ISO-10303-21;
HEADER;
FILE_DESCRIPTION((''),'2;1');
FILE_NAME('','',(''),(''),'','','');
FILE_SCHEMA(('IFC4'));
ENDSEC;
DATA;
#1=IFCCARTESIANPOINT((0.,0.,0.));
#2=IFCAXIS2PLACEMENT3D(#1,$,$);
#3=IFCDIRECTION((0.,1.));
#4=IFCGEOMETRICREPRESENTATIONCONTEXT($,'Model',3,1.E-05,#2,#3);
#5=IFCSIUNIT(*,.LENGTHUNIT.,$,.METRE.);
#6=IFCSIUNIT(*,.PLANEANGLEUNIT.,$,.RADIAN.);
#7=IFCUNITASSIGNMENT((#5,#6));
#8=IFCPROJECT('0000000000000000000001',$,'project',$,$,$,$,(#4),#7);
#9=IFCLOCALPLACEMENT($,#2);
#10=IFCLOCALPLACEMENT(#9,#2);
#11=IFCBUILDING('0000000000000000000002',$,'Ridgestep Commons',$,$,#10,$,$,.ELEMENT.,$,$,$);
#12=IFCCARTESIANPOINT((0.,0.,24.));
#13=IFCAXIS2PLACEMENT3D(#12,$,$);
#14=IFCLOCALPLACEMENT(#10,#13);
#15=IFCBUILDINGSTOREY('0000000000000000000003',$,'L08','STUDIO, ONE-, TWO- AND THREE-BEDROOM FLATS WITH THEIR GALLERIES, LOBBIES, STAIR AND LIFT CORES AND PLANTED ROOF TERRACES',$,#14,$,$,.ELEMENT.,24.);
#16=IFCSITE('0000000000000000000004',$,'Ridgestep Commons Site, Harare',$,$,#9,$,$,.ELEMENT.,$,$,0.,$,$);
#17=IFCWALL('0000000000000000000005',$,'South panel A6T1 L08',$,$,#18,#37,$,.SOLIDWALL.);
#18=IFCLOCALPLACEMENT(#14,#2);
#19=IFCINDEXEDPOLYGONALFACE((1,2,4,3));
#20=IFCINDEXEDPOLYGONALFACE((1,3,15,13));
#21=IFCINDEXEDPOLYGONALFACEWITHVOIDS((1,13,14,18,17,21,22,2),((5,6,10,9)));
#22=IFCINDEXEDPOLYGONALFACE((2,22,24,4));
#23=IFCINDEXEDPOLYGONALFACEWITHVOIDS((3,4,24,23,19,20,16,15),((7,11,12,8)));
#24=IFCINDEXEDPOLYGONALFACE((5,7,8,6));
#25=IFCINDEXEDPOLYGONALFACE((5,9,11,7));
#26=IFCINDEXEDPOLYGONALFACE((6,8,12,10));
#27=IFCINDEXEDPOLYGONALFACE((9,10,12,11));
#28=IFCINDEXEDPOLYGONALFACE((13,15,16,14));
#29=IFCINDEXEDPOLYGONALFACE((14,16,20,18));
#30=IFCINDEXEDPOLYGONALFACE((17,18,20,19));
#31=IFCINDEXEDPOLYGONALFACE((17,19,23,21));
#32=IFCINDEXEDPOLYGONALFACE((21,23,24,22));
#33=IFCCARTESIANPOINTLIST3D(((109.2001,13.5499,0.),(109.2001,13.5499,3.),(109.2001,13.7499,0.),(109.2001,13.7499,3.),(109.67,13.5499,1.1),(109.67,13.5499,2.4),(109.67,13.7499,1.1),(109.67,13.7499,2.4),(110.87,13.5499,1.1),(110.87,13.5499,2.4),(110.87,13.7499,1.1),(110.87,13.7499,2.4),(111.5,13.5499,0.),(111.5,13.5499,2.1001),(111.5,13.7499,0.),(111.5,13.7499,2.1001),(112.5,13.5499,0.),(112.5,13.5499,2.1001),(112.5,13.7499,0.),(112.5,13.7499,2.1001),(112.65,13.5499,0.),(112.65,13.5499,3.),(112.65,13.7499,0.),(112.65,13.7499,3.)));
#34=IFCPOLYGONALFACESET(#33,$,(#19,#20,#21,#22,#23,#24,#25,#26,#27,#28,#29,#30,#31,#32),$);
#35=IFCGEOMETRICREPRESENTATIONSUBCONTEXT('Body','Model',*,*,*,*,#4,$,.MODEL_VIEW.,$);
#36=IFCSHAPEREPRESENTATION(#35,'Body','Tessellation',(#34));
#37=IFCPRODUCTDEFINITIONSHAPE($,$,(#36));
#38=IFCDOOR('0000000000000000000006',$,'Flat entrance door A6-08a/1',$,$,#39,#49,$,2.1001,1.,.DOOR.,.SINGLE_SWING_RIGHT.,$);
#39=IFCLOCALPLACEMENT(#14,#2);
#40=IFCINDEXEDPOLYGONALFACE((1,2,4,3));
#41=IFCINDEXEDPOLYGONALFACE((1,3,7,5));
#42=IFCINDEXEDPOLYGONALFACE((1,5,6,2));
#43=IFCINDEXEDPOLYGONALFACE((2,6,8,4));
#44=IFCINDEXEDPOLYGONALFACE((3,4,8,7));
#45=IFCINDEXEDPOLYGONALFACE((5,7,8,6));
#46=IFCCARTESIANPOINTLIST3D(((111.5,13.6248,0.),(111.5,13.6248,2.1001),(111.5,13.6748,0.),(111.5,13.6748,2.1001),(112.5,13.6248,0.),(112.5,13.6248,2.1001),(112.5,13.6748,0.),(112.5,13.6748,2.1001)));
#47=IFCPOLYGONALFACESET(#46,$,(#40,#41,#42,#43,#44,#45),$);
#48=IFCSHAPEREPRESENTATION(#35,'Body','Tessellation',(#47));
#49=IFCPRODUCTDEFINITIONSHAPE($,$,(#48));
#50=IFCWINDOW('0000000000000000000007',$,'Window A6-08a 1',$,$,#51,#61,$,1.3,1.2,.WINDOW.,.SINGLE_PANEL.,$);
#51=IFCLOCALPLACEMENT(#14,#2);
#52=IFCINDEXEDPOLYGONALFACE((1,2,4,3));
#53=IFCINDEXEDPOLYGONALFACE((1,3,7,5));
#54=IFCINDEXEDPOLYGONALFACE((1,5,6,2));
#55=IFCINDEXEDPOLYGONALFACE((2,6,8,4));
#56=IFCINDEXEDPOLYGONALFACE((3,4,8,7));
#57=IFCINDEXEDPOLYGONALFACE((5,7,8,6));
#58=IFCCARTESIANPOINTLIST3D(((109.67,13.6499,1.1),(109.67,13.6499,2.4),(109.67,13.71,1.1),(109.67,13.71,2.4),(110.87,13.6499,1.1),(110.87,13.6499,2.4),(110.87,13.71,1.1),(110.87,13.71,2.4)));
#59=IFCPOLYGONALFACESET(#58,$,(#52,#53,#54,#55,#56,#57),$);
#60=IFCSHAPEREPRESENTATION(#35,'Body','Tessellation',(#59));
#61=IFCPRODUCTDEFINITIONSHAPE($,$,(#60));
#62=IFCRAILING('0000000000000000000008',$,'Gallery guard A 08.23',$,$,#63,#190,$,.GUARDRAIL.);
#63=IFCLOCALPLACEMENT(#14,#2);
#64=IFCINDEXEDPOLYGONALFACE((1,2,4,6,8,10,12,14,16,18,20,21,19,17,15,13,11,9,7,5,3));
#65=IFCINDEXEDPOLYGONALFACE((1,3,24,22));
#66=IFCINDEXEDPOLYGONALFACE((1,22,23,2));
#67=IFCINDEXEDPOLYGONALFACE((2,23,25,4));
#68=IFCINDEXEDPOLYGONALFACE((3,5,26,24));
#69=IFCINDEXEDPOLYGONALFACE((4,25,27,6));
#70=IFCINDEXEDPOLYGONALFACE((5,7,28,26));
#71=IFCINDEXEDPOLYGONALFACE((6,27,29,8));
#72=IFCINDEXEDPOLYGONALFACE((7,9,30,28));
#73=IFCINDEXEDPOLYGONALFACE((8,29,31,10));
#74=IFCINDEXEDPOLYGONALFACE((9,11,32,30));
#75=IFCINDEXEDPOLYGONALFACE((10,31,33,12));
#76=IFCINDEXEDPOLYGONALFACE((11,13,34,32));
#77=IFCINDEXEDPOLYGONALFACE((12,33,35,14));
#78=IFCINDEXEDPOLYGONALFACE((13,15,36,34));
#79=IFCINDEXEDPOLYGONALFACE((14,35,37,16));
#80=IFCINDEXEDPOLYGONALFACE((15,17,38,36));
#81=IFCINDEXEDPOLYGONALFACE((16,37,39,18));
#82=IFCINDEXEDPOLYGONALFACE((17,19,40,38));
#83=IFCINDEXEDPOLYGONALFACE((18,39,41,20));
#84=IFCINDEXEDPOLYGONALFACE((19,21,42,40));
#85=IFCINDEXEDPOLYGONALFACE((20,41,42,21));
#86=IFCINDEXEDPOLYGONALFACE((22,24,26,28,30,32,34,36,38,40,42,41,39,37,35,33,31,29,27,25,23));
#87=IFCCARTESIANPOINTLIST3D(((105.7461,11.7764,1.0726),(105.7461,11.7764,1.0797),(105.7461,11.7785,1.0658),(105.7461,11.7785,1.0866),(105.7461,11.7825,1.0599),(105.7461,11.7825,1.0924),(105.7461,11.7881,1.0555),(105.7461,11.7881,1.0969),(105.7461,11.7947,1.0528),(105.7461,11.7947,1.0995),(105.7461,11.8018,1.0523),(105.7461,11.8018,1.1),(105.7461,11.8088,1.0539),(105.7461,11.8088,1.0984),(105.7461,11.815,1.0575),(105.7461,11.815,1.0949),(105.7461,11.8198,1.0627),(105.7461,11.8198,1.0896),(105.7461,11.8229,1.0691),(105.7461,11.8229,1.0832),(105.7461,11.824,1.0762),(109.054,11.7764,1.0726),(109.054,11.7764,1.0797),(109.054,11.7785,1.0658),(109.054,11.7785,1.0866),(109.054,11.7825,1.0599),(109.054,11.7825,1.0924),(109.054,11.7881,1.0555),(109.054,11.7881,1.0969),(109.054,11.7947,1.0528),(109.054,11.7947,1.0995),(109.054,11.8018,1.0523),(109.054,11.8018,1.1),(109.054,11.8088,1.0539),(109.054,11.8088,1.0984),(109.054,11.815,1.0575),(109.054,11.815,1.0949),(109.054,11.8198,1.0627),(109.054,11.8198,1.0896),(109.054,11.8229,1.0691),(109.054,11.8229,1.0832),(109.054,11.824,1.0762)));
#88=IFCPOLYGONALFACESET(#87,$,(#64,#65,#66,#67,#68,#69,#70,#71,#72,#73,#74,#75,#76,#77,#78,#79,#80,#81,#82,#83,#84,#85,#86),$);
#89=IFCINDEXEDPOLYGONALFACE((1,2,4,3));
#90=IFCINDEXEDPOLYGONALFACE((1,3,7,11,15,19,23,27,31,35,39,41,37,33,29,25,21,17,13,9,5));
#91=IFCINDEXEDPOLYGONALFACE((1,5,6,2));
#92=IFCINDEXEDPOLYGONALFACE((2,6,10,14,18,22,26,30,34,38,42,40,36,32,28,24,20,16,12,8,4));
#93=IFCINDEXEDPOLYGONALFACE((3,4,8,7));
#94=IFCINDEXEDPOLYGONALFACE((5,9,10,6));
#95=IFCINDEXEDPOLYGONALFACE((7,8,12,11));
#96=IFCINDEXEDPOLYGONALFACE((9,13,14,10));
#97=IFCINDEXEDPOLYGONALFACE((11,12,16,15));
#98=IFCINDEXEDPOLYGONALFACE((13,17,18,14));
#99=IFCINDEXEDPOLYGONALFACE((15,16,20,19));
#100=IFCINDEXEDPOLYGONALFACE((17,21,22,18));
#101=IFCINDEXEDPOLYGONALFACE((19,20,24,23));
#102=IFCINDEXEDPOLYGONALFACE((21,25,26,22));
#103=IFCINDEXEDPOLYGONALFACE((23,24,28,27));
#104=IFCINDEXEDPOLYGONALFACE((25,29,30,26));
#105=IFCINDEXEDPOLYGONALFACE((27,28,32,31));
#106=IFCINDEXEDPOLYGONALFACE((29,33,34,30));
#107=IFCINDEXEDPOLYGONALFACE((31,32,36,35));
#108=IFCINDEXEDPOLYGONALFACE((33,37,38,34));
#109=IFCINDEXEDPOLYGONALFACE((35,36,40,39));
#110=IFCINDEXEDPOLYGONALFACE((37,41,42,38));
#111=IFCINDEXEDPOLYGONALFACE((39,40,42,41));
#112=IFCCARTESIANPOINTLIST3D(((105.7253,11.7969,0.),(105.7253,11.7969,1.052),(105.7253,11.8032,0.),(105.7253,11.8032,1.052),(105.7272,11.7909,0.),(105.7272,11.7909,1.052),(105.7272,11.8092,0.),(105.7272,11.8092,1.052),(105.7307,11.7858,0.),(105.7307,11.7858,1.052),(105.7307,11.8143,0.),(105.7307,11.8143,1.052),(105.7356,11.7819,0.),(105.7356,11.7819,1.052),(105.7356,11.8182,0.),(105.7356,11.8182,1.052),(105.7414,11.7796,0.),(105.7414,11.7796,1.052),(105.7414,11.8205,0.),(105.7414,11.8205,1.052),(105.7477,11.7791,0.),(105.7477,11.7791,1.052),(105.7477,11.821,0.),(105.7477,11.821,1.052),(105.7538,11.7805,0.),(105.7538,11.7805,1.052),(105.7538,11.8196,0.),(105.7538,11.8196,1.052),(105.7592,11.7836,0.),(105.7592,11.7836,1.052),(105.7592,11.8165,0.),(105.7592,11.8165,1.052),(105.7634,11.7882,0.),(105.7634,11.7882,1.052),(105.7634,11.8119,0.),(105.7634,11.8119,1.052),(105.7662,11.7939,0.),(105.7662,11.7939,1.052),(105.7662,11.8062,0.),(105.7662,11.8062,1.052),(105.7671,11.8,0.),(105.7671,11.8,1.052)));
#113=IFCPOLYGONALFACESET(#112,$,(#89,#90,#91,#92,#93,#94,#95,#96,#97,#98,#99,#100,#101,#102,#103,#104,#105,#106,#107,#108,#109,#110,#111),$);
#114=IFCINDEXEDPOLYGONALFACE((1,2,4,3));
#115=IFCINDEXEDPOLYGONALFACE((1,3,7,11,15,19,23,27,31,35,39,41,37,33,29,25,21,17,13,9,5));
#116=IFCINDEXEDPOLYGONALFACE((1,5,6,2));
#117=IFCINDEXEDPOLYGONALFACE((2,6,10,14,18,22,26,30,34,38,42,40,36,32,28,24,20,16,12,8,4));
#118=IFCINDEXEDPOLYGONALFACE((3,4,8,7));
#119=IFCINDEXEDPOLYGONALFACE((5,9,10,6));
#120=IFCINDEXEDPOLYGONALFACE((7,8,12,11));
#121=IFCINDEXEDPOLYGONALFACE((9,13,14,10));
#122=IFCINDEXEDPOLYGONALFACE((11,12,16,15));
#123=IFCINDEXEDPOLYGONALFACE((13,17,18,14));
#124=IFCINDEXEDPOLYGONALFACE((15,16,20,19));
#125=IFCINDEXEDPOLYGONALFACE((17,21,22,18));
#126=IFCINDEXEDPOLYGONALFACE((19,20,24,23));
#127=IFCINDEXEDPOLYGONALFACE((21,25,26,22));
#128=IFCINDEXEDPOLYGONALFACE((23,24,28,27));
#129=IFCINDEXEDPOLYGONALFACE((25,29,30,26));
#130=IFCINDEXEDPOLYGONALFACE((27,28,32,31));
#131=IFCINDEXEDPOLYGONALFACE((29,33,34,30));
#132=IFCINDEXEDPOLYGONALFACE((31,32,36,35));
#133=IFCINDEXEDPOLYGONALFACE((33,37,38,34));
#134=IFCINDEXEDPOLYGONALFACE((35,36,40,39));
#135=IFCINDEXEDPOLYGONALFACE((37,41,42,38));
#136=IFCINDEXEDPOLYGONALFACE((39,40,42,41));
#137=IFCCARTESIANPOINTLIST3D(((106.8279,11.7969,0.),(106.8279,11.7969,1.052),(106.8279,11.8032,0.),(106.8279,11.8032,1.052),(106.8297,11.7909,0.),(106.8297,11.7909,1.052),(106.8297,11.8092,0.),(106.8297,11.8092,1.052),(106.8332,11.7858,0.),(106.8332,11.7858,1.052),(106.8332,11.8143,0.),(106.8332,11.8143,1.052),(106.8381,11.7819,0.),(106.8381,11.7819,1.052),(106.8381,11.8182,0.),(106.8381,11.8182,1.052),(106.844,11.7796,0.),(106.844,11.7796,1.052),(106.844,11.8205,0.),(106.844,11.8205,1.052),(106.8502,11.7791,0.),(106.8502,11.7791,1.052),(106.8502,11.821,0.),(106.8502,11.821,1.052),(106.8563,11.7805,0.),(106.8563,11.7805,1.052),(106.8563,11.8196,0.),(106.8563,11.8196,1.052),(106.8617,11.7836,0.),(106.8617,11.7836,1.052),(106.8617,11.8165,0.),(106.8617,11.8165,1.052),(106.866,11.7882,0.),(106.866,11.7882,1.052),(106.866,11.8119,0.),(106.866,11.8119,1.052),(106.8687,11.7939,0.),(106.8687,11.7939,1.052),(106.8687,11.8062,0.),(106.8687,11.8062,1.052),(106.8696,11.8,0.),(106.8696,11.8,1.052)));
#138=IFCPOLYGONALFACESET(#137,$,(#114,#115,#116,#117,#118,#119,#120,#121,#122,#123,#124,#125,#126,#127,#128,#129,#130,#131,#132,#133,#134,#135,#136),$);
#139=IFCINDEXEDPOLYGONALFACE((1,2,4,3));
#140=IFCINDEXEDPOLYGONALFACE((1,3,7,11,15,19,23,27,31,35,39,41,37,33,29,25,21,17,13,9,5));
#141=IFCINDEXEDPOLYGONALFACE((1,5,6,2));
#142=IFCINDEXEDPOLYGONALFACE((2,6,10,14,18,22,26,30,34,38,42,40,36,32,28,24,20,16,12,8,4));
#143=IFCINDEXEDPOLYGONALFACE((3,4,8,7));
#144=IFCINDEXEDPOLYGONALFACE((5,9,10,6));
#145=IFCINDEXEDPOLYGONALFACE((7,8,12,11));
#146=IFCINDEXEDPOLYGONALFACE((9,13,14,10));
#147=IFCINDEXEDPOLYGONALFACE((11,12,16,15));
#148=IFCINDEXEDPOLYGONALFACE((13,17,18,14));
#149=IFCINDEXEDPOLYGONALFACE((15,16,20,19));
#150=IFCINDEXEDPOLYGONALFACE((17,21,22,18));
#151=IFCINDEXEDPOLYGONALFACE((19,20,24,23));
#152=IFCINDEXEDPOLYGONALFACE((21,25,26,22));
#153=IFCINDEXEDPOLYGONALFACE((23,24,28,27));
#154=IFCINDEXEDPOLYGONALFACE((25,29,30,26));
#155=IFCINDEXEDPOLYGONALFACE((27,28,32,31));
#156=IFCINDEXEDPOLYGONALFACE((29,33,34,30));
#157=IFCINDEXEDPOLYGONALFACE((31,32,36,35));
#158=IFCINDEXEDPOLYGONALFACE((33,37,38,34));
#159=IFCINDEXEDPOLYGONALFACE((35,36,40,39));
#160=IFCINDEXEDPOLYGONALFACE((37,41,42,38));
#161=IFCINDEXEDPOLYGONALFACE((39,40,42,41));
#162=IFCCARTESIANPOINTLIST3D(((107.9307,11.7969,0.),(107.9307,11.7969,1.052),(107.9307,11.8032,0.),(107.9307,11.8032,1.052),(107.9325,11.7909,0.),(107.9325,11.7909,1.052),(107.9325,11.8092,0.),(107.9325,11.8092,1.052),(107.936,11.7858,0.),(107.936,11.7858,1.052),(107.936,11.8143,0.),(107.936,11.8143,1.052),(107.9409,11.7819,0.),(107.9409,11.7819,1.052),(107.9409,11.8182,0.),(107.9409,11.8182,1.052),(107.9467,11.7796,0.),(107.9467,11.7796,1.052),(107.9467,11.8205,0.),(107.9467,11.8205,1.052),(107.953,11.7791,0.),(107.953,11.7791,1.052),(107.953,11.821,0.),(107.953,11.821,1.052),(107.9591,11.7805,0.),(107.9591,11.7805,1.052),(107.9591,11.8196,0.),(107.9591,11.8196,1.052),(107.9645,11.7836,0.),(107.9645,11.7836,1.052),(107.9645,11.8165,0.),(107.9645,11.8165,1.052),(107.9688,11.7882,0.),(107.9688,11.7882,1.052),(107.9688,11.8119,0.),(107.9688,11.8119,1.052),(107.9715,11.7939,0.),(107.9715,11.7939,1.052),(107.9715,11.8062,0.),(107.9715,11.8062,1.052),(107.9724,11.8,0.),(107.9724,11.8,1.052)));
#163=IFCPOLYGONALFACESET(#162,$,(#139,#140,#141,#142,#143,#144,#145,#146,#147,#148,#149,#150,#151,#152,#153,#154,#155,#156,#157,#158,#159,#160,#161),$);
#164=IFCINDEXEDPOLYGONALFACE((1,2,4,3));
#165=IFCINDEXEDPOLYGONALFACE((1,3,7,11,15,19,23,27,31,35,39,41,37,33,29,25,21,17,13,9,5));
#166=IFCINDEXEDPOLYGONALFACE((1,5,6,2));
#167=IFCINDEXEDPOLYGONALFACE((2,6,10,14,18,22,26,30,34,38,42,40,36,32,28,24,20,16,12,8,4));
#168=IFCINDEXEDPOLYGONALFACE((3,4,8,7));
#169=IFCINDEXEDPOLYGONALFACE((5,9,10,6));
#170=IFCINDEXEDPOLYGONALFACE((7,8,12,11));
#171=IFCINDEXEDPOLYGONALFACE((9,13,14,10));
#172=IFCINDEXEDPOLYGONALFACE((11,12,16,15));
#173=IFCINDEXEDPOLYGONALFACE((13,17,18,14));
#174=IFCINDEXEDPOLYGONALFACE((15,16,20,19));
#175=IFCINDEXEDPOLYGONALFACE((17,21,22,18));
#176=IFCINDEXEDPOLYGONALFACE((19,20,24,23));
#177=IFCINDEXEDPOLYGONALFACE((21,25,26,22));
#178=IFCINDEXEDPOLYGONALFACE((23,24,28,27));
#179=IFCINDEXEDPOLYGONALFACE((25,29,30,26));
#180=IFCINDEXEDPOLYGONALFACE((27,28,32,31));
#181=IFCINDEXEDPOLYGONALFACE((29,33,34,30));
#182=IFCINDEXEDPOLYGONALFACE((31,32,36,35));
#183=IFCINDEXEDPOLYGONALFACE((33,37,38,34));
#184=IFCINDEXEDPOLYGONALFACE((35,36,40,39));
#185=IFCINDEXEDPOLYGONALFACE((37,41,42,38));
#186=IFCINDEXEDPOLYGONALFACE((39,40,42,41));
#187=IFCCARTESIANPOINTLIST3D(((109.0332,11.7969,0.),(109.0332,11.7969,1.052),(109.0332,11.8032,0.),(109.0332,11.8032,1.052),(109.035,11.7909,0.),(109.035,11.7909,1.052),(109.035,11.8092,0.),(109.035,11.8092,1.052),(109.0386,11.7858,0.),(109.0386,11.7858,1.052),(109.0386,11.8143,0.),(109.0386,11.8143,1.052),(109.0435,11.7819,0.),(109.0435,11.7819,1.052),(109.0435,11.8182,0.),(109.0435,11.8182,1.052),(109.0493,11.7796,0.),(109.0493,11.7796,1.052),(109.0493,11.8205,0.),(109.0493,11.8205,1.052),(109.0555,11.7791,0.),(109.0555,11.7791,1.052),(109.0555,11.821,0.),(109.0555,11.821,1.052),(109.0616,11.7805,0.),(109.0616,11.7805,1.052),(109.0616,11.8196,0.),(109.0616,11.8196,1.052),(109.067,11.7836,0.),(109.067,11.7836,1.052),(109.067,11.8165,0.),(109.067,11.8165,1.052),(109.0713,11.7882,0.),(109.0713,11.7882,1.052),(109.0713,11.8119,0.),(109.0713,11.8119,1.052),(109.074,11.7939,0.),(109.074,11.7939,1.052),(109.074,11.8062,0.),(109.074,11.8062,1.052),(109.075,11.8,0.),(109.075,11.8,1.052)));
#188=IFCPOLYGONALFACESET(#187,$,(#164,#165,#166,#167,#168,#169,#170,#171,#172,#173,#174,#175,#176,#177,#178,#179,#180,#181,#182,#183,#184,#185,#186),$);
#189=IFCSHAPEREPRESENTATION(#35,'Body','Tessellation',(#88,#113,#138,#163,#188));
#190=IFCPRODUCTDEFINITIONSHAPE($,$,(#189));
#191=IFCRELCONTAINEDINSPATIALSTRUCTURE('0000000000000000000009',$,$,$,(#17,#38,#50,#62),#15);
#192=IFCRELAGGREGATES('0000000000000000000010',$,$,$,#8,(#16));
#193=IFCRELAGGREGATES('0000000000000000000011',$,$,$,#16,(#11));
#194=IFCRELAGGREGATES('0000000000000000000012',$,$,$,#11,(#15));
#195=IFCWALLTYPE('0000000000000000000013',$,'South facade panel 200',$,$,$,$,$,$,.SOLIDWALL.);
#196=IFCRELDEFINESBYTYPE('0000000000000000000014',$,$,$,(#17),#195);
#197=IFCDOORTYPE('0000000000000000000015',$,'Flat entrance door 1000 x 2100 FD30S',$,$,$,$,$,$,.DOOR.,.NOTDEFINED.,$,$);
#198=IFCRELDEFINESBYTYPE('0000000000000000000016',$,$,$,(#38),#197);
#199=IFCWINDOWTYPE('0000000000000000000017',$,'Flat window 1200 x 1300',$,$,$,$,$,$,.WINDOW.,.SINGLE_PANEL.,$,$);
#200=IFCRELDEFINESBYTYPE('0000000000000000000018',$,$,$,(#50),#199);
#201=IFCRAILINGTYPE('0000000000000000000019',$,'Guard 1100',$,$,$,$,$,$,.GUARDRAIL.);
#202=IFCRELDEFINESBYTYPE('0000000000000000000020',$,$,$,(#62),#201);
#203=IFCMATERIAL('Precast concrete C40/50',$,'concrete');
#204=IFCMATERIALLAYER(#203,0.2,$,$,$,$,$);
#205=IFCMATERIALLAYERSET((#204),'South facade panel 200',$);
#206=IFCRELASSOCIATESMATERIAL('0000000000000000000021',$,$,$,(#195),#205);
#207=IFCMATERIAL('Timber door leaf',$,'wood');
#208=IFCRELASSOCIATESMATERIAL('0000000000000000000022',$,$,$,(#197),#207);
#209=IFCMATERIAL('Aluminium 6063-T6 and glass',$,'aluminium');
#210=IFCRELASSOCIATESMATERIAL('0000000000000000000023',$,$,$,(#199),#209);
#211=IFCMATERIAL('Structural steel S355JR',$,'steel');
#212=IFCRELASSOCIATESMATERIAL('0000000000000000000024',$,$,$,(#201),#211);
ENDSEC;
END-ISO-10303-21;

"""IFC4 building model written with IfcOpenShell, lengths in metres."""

from ifc_helpers import new_model, si_unit, direction, frame, frame_2d, origin, origin_2d, place, context, subcontext, project, spatial, rectangle, circle, extrude, material, layer, layer_set, type_object, element, fill, save


model = new_model("IFC4")

# Units and contexts
model_context = context("Model", 3, precision=1e-05, world=origin(), true_north=direction((0.0, 1.0)))
body_context = subcontext(model_context, "Body", "Model", "MODEL_VIEW")
ifc_project = project(units=[si_unit("LENGTHUNIT", "METRE"), si_unit("PLANEANGLEUNIT", "RADIAN")], contexts=[model_context])

# Site, building, storey
site_placement = place(None, origin())
site = spatial("IfcSite", under=ifc_project, at=site_placement, Name="Ridgestep Commons Site, Harare", CompositionType="ELEMENT", RefElevation=0.0)
building_placement = place(site_placement, origin())
building = spatial("IfcBuilding", under=site, at=building_placement, Name="Ridgestep Commons", CompositionType="ELEMENT")
storey_placement = place(building_placement, frame((0.0, 0.0, 24.0)))
storey = spatial("IfcBuildingStorey", under=building, at=storey_placement, Name="L08", Description="STUDIO, ONE-, TWO- AND THREE-BEDROOM FLATS WITH THEIR GALLERIES, LOBBIES, STAIR AND LIFT CORES AND PLANTED ROOF TERRACES", CompositionType="ELEMENT", Elevation=24.0)

# Wall, openings, door, window
ifc_material_1 = material(Name="Precast concrete C40/50", Category="concrete")
ifc_layer_1 = layer(ifc_material_1, 0.2)
ifc_layer_set_1 = layer_set([ifc_layer_1], Name="South facade panel 200")
wall_type_1 = type_object("IfcWallType", Name="South facade panel 200", PredefinedType="SOLIDWALL", material=ifc_layer_set_1)
wall_1_placement = place(storey_placement, frame((109.2, 13.6499, 0.0), z_axis=(0.0, 0.0, 1.0), x_axis=(1.0, 0.0, 0.0)))
wall_1 = element("IfcWall", 1, at=wall_1_placement, inside=storey, type_object=wall_type_1, Name="South panel A6T1 L08", PredefinedType="SOLIDWALL", context=body_context, shape_type="SweptSolid", body=[
    extrude(rectangle(XDim=3.45, YDim=0.2, at=frame_2d((1.7251, 0.0))), origin(), (0.0, 0.0, 1.0), 3.0),
])
opening_1_placement = place(wall_1_placement, frame((0.47, 0.0, 1.1001)))
opening_1 = element("IfcOpeningElement", 2, at=opening_1_placement, cuts=wall_1, PredefinedType="OPENING", context=body_context, shape_type="SweptSolid", body=[
    extrude(rectangle(XDim=1.2, YDim=1.3, at=frame_2d((0.6001, 0.6499))), frame((0.0, 0.1099, 0.0), z_axis=(0.0, -1.0, 0.0), x_axis=(1.0, 0.0, 0.0)), (0.0, 0.0, 1.0), 0.22),
])
opening_2_placement = place(wall_1_placement, frame((2.3, 0.0, 0.0)))
opening_2 = element("IfcOpeningElement", 3, at=opening_2_placement, cuts=wall_1, PredefinedType="OPENING", context=body_context, shape_type="SweptSolid", body=[
    extrude(rectangle(XDim=1.0, YDim=2.1001, at=frame_2d((0.5, 1.05))), frame((0.0, 0.1099, 0.0), z_axis=(0.0, -1.0, 0.0), x_axis=(1.0, 0.0, 0.0)), (0.0, 0.0, 1.0), 0.22),
])
ifc_material_2 = material(Name="Timber door leaf", Category="wood")
door_type_1 = type_object("IfcDoorType", Name="Flat entrance door 1000 x 2100 FD30S", OperationType="NOTDEFINED", PredefinedType="DOOR", material=ifc_material_2)
door_1_placement = place(opening_2_placement, origin())
door_1 = element("IfcDoor", 4, at=door_1_placement, inside=storey, type_object=door_type_1, Name="Flat entrance door A6-08a/1", OperationType="SINGLE_SWING_RIGHT", OverallHeight=2.1001, OverallWidth=1.0, PredefinedType="DOOR", context=body_context, shape_type="SweptSolid", body=[
    extrude(rectangle(XDim=1.0, YDim=2.1001, at=frame_2d((0.5, 1.05))), frame((0.0, 0.0249, 0.0), z_axis=(0.0, -1.0, 0.0), x_axis=(1.0, 0.0, 0.0)), (0.0, 0.0, 1.0), 0.05),
])
fill(opening_2, door_1)
ifc_material_3 = material(Name="Aluminium 6063-T6 and glass", Category="aluminium")
window_type_1 = type_object("IfcWindowType", Name="Flat window 1200 x 1300", PartitioningType="SINGLE_PANEL", PredefinedType="WINDOW", material=ifc_material_3)
window_1_placement = place(opening_1_placement, origin())
window_1 = element("IfcWindow", 5, at=window_1_placement, inside=storey, type_object=window_type_1, Name="Window A6-08a 1", OverallHeight=1.3, OverallWidth=1.2, PartitioningType="SINGLE_PANEL", PredefinedType="WINDOW", context=body_context, shape_type="SweptSolid", body=[
    extrude(rectangle(XDim=1.2, YDim=1.3, at=frame_2d((0.6001, 0.6499))), frame((0.0, 0.0601, 0.0), z_axis=(0.0, -1.0, 0.0), x_axis=(1.0, 0.0, 0.0)), (0.0, 0.0, 1.0), 0.0601),
])
fill(opening_1, window_1)

# Railing
ifc_material_4 = material(Name="Structural steel S355JR", Category="steel")
railing_type = type_object("IfcRailingType", Name="Guard 1100", PredefinedType="GUARDRAIL", material=ifc_material_4)
railing_1_placement = place(storey_placement, frame((105.7461, 11.8, 0.0)))
element("IfcRailing", 6, at=railing_1_placement, inside=storey, type_object=railing_type, Name="Gallery guard A 08.23", PredefinedType="GUARDRAIL", context=body_context, shape_type="SweptSolid", body=[
    extrude(circle(Radius=0.0239, at=origin_2d()), frame((0.0, 0.0, 1.0762), z_axis=(1.0, 0.0, 0.0), x_axis=(0.0, 1.0, 0.0)), (0.0, 0.0, 1.0), 3.3079),
    extrude(circle(Radius=0.021, at=origin_2d()), origin(), (0.0, 0.0, 1.0), 1.052),
    extrude(circle(Radius=0.021, at=origin_2d()), frame((1.1025, 0.0, 0.0)), (0.0, 0.0, 1.0), 1.052),
    extrude(circle(Radius=0.021, at=origin_2d()), frame((2.2053, 0.0, 0.0)), (0.0, 0.0, 1.0), 1.052),
    extrude(circle(Radius=0.021, at=origin_2d()), frame((3.3079, 0.0, 0.0)), (0.0, 0.0, 1.0), 1.052),
])

save(model, "model.ifc")
